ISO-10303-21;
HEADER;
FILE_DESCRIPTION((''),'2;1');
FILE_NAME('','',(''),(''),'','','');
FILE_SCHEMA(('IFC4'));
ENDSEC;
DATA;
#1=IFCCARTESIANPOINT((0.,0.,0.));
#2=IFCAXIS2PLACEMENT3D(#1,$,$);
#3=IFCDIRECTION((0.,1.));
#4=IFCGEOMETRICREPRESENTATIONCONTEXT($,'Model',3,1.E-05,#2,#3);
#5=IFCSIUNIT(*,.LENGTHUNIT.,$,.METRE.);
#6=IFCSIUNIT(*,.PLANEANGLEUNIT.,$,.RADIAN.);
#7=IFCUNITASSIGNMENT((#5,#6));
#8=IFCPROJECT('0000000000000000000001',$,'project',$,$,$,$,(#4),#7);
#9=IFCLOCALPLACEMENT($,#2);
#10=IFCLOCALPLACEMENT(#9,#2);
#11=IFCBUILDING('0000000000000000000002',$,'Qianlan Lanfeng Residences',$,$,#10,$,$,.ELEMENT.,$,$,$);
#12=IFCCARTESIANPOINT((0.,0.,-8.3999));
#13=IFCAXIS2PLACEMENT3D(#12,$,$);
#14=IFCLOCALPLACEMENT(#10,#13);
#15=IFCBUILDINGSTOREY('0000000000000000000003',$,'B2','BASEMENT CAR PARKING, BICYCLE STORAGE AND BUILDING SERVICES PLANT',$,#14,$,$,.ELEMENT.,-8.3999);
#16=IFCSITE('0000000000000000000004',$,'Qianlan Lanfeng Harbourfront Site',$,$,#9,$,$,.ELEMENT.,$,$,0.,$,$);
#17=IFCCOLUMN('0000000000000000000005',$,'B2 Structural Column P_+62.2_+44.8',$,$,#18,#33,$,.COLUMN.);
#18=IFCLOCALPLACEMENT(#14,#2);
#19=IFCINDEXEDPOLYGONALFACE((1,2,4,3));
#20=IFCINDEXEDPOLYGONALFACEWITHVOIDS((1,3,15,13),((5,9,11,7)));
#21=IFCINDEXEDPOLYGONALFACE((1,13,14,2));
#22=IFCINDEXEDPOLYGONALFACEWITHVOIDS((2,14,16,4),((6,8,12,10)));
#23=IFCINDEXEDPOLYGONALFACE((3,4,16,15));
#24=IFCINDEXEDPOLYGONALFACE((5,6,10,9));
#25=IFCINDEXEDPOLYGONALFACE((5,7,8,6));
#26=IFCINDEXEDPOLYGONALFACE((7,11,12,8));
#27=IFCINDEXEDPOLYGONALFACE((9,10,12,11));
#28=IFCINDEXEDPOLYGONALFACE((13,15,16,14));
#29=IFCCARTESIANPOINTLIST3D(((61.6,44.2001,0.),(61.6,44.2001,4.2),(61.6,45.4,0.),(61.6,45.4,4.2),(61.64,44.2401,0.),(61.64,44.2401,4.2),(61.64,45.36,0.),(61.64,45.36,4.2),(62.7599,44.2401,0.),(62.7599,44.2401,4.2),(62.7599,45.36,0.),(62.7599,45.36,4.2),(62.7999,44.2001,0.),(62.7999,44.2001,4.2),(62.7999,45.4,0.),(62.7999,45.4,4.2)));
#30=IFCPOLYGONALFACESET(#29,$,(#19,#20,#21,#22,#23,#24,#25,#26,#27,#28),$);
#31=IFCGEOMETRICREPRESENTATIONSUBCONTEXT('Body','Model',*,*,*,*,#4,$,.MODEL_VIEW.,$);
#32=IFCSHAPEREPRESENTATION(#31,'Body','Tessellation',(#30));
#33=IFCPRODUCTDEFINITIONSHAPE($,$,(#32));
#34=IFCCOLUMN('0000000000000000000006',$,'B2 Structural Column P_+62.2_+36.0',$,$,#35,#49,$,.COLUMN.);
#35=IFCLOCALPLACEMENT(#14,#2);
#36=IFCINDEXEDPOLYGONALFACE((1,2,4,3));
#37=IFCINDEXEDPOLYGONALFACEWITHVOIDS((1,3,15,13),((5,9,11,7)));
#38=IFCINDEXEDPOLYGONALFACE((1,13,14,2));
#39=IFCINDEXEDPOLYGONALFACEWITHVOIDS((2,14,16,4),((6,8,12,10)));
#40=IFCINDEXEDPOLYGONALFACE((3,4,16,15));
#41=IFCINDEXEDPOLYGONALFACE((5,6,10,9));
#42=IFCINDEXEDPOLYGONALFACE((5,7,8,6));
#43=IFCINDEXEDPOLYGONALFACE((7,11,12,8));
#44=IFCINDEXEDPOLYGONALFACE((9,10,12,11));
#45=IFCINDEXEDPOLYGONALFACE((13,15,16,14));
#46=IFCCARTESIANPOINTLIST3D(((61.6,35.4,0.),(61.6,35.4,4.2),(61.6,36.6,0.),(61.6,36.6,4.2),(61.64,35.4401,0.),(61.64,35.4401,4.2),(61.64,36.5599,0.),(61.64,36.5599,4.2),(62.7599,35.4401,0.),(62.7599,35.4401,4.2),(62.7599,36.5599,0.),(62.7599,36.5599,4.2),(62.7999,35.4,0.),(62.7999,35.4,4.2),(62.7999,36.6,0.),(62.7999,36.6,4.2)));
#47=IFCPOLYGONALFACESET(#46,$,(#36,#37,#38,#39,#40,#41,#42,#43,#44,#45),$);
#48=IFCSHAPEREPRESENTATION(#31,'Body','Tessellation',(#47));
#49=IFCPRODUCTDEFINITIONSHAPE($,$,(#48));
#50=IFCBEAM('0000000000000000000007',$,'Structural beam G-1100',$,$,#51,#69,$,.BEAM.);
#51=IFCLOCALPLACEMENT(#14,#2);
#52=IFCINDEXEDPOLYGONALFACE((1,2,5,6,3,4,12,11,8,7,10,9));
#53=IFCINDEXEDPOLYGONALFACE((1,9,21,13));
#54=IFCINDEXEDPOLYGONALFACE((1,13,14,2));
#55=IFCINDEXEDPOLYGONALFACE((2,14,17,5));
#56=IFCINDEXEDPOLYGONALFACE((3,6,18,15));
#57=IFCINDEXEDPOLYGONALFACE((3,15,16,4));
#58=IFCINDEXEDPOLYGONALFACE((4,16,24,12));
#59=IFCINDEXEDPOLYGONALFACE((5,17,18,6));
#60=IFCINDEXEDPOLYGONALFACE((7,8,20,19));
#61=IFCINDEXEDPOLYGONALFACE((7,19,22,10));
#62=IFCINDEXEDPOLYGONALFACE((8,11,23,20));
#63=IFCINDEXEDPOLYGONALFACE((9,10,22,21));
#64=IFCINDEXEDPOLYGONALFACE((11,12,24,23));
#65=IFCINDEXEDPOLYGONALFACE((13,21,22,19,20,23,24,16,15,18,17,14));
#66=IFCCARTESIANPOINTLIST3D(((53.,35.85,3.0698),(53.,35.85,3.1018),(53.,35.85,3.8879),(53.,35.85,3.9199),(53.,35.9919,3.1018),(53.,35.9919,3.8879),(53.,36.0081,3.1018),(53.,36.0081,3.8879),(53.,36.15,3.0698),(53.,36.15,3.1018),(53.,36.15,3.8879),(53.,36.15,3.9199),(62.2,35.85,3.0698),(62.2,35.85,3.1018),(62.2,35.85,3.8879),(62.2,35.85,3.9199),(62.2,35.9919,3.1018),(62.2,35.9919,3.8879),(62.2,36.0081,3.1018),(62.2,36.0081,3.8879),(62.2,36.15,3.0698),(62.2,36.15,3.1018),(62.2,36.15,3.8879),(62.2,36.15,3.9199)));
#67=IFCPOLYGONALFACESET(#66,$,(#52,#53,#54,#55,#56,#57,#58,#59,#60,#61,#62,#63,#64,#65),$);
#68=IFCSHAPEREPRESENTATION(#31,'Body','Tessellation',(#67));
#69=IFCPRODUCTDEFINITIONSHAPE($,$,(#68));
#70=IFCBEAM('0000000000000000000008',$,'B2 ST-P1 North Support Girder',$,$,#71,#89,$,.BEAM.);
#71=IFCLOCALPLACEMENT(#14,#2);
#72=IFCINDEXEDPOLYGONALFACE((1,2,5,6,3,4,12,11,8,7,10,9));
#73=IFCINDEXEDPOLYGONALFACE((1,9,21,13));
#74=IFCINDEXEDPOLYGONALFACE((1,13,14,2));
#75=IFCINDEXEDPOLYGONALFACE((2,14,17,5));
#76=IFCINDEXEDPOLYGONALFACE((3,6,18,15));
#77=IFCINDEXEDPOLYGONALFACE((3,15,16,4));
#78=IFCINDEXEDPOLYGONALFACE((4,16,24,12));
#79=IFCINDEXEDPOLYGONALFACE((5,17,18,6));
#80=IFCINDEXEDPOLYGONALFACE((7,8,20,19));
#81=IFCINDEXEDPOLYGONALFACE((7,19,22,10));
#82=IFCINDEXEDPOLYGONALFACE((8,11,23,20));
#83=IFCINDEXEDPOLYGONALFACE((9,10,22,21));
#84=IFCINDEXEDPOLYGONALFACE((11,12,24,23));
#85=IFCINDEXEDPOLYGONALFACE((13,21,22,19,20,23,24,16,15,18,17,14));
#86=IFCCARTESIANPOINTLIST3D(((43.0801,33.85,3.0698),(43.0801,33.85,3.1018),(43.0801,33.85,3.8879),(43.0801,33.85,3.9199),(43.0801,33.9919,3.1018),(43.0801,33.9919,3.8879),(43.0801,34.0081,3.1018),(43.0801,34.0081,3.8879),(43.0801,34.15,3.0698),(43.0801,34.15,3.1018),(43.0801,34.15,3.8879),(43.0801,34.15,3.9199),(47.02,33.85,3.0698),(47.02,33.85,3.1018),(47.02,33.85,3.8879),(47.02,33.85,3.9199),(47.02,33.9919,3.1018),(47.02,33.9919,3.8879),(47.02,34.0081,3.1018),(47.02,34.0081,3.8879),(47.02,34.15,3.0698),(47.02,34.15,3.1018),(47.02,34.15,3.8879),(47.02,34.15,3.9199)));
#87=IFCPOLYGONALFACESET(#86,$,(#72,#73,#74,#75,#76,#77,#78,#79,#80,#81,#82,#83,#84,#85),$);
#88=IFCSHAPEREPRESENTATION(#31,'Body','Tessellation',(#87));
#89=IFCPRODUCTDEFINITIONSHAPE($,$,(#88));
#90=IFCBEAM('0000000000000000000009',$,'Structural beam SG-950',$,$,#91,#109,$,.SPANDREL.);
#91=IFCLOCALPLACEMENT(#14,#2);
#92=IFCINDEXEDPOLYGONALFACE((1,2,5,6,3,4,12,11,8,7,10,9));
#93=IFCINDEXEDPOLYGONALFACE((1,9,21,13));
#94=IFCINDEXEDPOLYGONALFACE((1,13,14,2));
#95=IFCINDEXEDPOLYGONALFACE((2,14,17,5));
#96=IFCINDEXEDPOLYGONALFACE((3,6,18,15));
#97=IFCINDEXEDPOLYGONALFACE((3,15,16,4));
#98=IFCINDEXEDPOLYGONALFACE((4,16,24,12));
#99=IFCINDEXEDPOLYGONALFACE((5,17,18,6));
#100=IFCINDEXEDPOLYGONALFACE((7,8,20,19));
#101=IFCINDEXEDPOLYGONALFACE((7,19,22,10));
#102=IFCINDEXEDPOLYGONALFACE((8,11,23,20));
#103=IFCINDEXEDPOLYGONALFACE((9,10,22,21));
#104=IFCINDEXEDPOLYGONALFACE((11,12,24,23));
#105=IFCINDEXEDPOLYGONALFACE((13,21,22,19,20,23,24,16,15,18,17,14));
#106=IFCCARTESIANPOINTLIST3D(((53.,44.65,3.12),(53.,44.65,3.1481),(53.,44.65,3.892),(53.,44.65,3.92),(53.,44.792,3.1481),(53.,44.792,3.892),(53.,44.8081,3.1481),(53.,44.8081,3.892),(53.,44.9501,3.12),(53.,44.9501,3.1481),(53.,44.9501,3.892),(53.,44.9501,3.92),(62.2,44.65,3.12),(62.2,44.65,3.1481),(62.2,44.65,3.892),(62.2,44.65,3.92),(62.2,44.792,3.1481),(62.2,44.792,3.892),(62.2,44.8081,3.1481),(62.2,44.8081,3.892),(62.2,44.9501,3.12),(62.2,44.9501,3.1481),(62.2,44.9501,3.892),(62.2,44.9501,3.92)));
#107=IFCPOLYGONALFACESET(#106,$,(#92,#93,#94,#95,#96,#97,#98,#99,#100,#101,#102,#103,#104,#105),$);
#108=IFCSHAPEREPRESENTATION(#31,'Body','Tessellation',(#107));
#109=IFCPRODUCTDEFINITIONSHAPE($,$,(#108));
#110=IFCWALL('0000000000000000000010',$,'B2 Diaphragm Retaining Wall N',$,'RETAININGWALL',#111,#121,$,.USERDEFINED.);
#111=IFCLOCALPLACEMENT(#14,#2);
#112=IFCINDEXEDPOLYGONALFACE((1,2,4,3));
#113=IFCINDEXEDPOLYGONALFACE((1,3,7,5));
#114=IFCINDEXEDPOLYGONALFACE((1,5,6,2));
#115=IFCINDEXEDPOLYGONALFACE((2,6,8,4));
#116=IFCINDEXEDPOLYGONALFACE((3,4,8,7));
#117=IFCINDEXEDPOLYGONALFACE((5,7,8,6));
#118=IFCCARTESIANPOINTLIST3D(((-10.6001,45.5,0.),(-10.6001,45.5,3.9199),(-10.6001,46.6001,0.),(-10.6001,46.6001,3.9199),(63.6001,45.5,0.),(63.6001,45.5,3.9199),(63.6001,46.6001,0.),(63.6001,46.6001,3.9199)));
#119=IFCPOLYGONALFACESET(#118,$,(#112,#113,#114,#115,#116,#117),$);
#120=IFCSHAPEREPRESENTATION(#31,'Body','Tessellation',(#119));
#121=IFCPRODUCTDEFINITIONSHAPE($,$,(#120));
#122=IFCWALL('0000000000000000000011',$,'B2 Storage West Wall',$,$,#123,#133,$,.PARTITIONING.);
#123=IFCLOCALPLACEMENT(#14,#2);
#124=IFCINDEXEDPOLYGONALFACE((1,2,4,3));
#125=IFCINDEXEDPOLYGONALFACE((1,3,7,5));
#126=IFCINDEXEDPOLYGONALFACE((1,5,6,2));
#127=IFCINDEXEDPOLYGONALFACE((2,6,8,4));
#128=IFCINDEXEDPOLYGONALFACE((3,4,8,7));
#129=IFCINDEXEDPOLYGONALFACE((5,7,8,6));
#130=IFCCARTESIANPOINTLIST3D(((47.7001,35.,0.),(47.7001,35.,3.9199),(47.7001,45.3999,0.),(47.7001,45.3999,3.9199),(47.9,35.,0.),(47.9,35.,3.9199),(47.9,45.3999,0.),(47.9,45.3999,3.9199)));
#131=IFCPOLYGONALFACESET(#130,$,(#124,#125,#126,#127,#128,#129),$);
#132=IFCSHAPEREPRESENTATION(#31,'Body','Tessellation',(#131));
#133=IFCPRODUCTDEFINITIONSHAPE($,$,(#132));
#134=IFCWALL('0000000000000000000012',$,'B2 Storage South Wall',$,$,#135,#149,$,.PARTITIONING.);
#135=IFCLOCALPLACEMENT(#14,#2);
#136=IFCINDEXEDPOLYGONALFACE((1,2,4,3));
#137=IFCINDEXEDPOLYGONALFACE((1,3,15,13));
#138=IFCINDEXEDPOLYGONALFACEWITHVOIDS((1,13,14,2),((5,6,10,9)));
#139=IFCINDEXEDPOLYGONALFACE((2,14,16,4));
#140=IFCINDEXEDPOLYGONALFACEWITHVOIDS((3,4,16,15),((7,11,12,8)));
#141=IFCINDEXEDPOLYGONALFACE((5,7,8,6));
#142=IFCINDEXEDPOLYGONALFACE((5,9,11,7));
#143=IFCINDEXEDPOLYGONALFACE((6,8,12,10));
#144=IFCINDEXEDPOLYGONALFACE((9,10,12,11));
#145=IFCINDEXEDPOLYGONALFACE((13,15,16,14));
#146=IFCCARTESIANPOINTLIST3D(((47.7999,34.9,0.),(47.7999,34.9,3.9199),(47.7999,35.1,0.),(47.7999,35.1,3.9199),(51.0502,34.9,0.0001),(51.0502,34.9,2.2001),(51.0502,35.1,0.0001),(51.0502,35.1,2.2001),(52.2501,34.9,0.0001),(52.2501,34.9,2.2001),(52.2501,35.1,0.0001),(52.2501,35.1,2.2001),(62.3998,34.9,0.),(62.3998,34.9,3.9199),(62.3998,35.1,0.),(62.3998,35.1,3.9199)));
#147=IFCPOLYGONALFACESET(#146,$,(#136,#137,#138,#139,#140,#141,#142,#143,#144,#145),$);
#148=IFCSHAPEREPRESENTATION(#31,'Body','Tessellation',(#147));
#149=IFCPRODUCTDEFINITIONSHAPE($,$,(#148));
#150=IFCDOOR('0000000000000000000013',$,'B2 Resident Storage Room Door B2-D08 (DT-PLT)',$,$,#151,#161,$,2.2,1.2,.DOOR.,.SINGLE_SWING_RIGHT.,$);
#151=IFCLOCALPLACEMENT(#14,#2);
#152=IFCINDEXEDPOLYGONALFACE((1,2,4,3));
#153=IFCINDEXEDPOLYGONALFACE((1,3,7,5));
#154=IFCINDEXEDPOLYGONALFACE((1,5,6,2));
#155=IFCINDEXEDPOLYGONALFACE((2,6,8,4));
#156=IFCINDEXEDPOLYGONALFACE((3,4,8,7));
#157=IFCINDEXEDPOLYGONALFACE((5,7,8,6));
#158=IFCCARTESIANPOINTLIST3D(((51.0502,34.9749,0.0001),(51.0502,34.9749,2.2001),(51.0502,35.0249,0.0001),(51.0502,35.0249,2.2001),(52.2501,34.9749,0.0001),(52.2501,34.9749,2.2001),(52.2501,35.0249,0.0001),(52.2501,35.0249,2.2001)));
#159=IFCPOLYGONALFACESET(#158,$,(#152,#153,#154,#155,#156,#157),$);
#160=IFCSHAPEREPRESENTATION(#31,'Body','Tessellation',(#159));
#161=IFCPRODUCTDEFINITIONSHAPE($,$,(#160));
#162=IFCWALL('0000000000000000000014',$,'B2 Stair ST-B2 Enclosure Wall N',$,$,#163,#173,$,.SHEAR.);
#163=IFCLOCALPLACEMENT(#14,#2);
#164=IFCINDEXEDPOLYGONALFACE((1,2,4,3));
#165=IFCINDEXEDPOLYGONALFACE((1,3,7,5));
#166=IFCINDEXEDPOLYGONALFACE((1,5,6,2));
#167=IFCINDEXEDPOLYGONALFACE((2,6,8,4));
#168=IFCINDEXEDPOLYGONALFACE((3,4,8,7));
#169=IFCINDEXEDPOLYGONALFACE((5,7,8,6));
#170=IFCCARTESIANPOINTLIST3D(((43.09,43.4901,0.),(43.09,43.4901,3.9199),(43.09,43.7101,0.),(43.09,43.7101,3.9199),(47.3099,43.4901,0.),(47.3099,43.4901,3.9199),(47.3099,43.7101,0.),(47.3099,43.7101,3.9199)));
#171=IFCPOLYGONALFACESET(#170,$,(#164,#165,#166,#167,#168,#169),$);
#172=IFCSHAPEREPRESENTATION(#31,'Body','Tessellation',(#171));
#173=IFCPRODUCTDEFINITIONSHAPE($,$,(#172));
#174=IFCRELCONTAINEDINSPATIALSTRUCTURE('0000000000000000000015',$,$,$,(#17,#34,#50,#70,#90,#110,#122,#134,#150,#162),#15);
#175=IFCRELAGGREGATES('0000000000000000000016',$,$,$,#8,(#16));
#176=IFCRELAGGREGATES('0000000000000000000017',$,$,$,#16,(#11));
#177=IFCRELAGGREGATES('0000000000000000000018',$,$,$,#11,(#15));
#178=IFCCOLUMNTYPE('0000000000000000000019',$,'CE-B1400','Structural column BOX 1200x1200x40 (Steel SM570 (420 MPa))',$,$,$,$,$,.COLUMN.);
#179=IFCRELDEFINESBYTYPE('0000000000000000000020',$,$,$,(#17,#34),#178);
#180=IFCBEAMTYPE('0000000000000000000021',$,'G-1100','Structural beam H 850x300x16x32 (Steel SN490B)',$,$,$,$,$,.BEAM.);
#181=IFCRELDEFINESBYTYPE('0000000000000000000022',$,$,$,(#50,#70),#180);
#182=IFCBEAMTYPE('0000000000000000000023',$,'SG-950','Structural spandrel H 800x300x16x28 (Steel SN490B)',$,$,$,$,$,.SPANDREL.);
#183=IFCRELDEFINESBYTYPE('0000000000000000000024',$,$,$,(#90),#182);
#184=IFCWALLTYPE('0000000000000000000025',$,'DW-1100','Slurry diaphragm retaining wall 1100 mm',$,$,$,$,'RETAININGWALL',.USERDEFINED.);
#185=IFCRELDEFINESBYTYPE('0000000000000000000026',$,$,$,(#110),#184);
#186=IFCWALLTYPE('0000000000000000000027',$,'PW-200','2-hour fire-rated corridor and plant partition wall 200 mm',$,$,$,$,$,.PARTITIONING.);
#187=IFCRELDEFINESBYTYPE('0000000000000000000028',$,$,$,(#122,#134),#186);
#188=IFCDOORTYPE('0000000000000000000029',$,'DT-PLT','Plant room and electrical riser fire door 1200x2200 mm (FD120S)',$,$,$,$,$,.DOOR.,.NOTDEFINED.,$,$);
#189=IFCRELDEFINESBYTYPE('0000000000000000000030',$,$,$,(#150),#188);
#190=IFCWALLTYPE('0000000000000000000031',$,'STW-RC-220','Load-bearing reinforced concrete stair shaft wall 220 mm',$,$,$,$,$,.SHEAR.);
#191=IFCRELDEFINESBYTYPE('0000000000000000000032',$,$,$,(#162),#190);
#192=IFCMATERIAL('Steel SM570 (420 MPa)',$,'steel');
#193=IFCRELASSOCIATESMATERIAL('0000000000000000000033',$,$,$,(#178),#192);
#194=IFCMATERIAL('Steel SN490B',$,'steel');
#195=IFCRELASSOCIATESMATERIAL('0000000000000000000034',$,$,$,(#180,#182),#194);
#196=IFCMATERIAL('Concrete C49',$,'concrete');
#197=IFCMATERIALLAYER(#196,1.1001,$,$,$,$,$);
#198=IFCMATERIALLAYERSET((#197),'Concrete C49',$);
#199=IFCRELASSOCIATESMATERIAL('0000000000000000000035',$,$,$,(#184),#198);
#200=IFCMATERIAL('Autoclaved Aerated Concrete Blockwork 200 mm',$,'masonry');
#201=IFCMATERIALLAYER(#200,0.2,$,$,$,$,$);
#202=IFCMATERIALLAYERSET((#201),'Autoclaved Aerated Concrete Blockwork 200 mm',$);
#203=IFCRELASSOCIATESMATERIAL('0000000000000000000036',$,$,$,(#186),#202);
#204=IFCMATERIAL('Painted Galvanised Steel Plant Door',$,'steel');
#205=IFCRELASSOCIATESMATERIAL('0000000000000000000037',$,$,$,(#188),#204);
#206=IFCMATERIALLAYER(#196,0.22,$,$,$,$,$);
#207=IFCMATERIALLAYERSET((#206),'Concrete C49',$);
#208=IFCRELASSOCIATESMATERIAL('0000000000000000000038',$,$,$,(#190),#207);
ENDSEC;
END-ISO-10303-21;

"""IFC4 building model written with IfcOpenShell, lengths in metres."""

from ifc_helpers import new_model, si_unit, direction, frame, frame_2d, origin, origin_2d, place, context, subcontext, project, spatial, rectangle, hollow_rectangle, i_section, extrude, material, layer, layer_set, material_profile, profile_set, type_object, element, fill, save


model = new_model("IFC4")

# Units and contexts
model_context = context("Model", 3, precision=1e-05, world=origin(), true_north=direction((0.0, 1.0)))
body_context = subcontext(model_context, "Body", "Model", "MODEL_VIEW")
ifc_project = project(units=[si_unit("LENGTHUNIT", "METRE"), si_unit("PLANEANGLEUNIT", "RADIAN")], contexts=[model_context])

# Site, building, storey
site_placement = place(None, origin())
site = spatial("IfcSite", under=ifc_project, at=site_placement, Name="Qianlan Lanfeng Harbourfront Site", CompositionType="ELEMENT", RefElevation=0.0)
building_placement = place(site_placement, origin())
building = spatial("IfcBuilding", under=site, at=building_placement, Name="Qianlan Lanfeng Residences", CompositionType="ELEMENT")
storey_placement = place(building_placement, frame((0.0, 0.0, -8.3999)))
storey = spatial("IfcBuildingStorey", under=building, at=storey_placement, Name="B2", Description="BASEMENT CAR PARKING, BICYCLE STORAGE AND BUILDING SERVICES PLANT", CompositionType="ELEMENT", Elevation=-8.3999)

# Columns
ifc_material_1 = material(Name="Concrete C49", Category="concrete")
ifc_material_2 = material(Name="Steel SM570 (420 MPa)", Category="steel")
ifc_material_profile_1 = material_profile(ifc_material_2, hollow_rectangle(XDim=1.2, YDim=1.2, WallThickness=0.04, at=origin_2d()), Name="BOX 1200x1200x40")
ifc_profile_set_1 = profile_set([ifc_material_profile_1], Name="Steel SM570 (420 MPa)")
column_type_1 = type_object("IfcColumnType", Name="CE-B1400", Description="Structural column BOX 1200x1200x40 (Steel SM570 (420 MPa))", PredefinedType="COLUMN", material=ifc_profile_set_1)
for number, where, z_axis, x_axis, name in (
    (1, (62.2, 44.8, 0.0), (0.0, 0.0, 1.0), (1.0, 0.0, 0.0), "B2 Structural Column P_+62.2_+44.8"),
    (2, (62.2, 36.0, 0.0), (0.0, 0.0, 1.0), (1.0, 0.0, 0.0), "B2 Structural Column P_+62.2_+36.0"),
):
    element("IfcColumn", number, at=place(storey_placement, frame(where, z_axis=z_axis, x_axis=x_axis)), inside=storey, type_object=column_type_1, Name=name, PredefinedType="COLUMN", context=body_context, shape_type="SweptSolid", body=[
        extrude(hollow_rectangle(XDim=1.2, YDim=1.2, WallThickness=0.04, at=origin_2d()), origin(), (0.0, 0.0, 1.0), 4.2),
    ])

# Beams
ifc_material_3 = material(Name="Steel SN490B", Category="steel")
ifc_material_profile_2 = material_profile(ifc_material_3, i_section(OverallWidth=0.3, OverallDepth=0.8501, WebThickness=0.0161, FlangeThickness=0.032, at=origin_2d()), Name="H 850x300x16x32")
ifc_profile_set_2 = profile_set([ifc_material_profile_2], Name="Steel SN490B")
beam_type_1 = type_object("IfcBeamType", Name="G-1100", Description="Structural beam H 850x300x16x32 (Steel SN490B)", PredefinedType="BEAM", material=ifc_profile_set_2)
beam_1_placement = place(storey_placement, frame((53.0, 36.0, 3.4949), z_axis=(1.0, 0.0, 0.0), x_axis=(0.0, 1.0, 0.0)))
element("IfcBeam", 3, at=beam_1_placement, inside=storey, type_object=beam_type_1, Name="Structural beam G-1100", PredefinedType="BEAM", context=body_context, shape_type="SweptSolid", body=[
    extrude(i_section(OverallWidth=0.3, OverallDepth=0.8501, WebThickness=0.0161, FlangeThickness=0.032, at=origin_2d()), origin(), (0.0, 0.0, 1.0), 9.2),
])
beam_2_placement = place(storey_placement, frame((43.0801, 34.0, 3.4949), z_axis=(1.0, 0.0, 0.0), x_axis=(0.0, 1.0, 0.0)))
element("IfcBeam", 4, at=beam_2_placement, inside=storey, type_object=beam_type_1, Name="B2 ST-P1 North Support Girder", PredefinedType="BEAM", context=body_context, shape_type="SweptSolid", body=[
    extrude(i_section(OverallWidth=0.3, OverallDepth=0.8501, WebThickness=0.0161, FlangeThickness=0.032, at=origin_2d()), origin(), (0.0, 0.0, 1.0), 3.9399),
])
ifc_material_profile_3 = material_profile(ifc_material_3, i_section(OverallWidth=0.3, OverallDepth=0.8, WebThickness=0.0161, FlangeThickness=0.0281, at=origin_2d()), Name="H 800x300x16x28")
ifc_profile_set_3 = profile_set([ifc_material_profile_3], Name="Steel SN490B")
beam_type_2 = type_object("IfcBeamType", Name="SG-950", Description="Structural spandrel H 800x300x16x28 (Steel SN490B)", PredefinedType="SPANDREL", material=ifc_profile_set_3)
beam_3_placement = place(storey_placement, frame((53.0, 44.8, 3.52), z_axis=(1.0, 0.0, 0.0), x_axis=(0.0, 1.0, 0.0)))
element("IfcBeam", 5, at=beam_3_placement, inside=storey, type_object=beam_type_2, Name="Structural beam SG-950", PredefinedType="SPANDREL", context=body_context, shape_type="SweptSolid", body=[
    extrude(i_section(OverallWidth=0.3, OverallDepth=0.8, WebThickness=0.0161, FlangeThickness=0.0281, at=origin_2d()), origin(), (0.0, 0.0, 1.0), 9.2),
])

# Walls
ifc_layer_1 = layer(ifc_material_1, 1.1001)
ifc_layer_set_1 = layer_set([ifc_layer_1], Name="Concrete C49")
wall_type_1 = type_object("IfcWallType", Name="DW-1100", Description="Slurry diaphragm retaining wall 1100 mm", ElementType="RETAININGWALL", PredefinedType="USERDEFINED", material=ifc_layer_set_1)
wall_1_placement = place(storey_placement, frame((63.6001, 46.05, 0.0), z_axis=(0.0, 0.0, 1.0), x_axis=(-1.0, 0.0, 0.0)))
element("IfcWall", 6, at=wall_1_placement, inside=storey, type_object=wall_type_1, Name="B2 Diaphragm Retaining Wall N", ObjectType="RETAININGWALL", PredefinedType="USERDEFINED", context=body_context, shape_type="SweptSolid", body=[
    extrude(rectangle(XDim=74.2002, YDim=1.1001, at=frame_2d((37.1001, 0.0))), origin(), (0.0, 0.0, 1.0), 3.9199),
])
ifc_material_4 = material(Name="Autoclaved Aerated Concrete Blockwork 200 mm", Category="masonry")
ifc_layer_2 = layer(ifc_material_4, 0.2)
ifc_layer_set_2 = layer_set([ifc_layer_2], Name="Autoclaved Aerated Concrete Blockwork 200 mm")
wall_type_2 = type_object("IfcWallType", Name="PW-200", Description="2-hour fire-rated corridor and plant partition wall 200 mm", PredefinedType="PARTITIONING", material=ifc_layer_set_2)
wall_2_placement = place(storey_placement, frame((47.8, 35.0, 0.0), z_axis=(0.0, 0.0, 1.0), x_axis=(0.0, 1.0, 0.0)))
element("IfcWall", 7, at=wall_2_placement, inside=storey, type_object=wall_type_2, Name="B2 Storage West Wall", PredefinedType="PARTITIONING", context=body_context, shape_type="SweptSolid", body=[
    extrude(rectangle(XDim=10.3999, YDim=0.2, at=frame_2d((5.2, 0.0))), origin(), (0.0, 0.0, 1.0), 3.9199),
])

# Wall, opening, door
wall_3_placement = place(storey_placement, frame((47.8, 35.0, 0.0), z_axis=(0.0, 0.0, 1.0), x_axis=(1.0, 0.0, 0.0)))
wall_3 = element("IfcWall", 8, at=wall_3_placement, inside=storey, type_object=wall_type_2, Name="B2 Storage South Wall", PredefinedType="PARTITIONING", context=body_context, shape_type="SweptSolid", body=[
    extrude(rectangle(XDim=14.5999, YDim=0.2, at=frame_2d((7.2998, 0.0))), origin(), (0.0, 0.0, 1.0), 3.9199),
])
opening_1_placement = place(wall_3_placement, frame((3.25, 0.0, 0.0)))
opening_1 = element("IfcOpeningElement", 9, at=opening_1_placement, cuts=wall_3, PredefinedType="OPENING", context=body_context, shape_type="SweptSolid", body=[
    extrude(rectangle(XDim=1.2, YDim=2.2, at=frame_2d((0.6001, 1.1001))), frame((0.0, 0.1099, 0.0), z_axis=(0.0, -1.0, 0.0), x_axis=(1.0, 0.0, 0.0)), (0.0, 0.0, 1.0), 0.22),
])
ifc_material_5 = material(Name="Painted Galvanised Steel Plant Door", Category="steel")
door_type_1 = type_object("IfcDoorType", Name="DT-PLT", Description="Plant room and electrical riser fire door 1200x2200 mm (FD120S)", OperationType="NOTDEFINED", PredefinedType="DOOR", material=ifc_material_5)
door_1_placement = place(opening_1_placement, origin())
door_1 = element("IfcDoor", 10, at=door_1_placement, inside=storey, type_object=door_type_1, Name="B2 Resident Storage Room Door B2-D08 (DT-PLT)", OperationType="SINGLE_SWING_RIGHT", OverallHeight=2.2, OverallWidth=1.2, PredefinedType="DOOR", context=body_context, shape_type="SweptSolid", body=[
    extrude(rectangle(XDim=1.2, YDim=2.2, at=frame_2d((0.6001, 1.1001))), frame((0.0, 0.0249, 0.0), z_axis=(0.0, -1.0, 0.0), x_axis=(1.0, 0.0, 0.0)), (0.0, 0.0, 1.0), 0.05),
])
fill(opening_1, door_1)

# Wall
ifc_layer_3 = layer(ifc_material_1, 0.22)
ifc_layer_set_3 = layer_set([ifc_layer_3], Name="Concrete C49")
wall_type_3 = type_object("IfcWallType", Name="STW-RC-220", Description="Load-bearing reinforced concrete stair shaft wall 220 mm", PredefinedType="SHEAR", material=ifc_layer_set_3)
wall_4_placement = place(storey_placement, frame((43.0901, 43.6001, 0.0), z_axis=(0.0, 0.0, 1.0), x_axis=(1.0, 0.0, 0.0)))
element("IfcWall", 11, at=wall_4_placement, inside=storey, type_object=wall_type_3, Name="B2 Stair ST-B2 Enclosure Wall N", PredefinedType="SHEAR", context=body_context, shape_type="SweptSolid", body=[
    extrude(rectangle(XDim=4.22, YDim=0.22, at=frame_2d((2.1099, 0.0))), origin(), (0.0, 0.0, 1.0), 3.9199),
])

save(model, "model.ifc")
